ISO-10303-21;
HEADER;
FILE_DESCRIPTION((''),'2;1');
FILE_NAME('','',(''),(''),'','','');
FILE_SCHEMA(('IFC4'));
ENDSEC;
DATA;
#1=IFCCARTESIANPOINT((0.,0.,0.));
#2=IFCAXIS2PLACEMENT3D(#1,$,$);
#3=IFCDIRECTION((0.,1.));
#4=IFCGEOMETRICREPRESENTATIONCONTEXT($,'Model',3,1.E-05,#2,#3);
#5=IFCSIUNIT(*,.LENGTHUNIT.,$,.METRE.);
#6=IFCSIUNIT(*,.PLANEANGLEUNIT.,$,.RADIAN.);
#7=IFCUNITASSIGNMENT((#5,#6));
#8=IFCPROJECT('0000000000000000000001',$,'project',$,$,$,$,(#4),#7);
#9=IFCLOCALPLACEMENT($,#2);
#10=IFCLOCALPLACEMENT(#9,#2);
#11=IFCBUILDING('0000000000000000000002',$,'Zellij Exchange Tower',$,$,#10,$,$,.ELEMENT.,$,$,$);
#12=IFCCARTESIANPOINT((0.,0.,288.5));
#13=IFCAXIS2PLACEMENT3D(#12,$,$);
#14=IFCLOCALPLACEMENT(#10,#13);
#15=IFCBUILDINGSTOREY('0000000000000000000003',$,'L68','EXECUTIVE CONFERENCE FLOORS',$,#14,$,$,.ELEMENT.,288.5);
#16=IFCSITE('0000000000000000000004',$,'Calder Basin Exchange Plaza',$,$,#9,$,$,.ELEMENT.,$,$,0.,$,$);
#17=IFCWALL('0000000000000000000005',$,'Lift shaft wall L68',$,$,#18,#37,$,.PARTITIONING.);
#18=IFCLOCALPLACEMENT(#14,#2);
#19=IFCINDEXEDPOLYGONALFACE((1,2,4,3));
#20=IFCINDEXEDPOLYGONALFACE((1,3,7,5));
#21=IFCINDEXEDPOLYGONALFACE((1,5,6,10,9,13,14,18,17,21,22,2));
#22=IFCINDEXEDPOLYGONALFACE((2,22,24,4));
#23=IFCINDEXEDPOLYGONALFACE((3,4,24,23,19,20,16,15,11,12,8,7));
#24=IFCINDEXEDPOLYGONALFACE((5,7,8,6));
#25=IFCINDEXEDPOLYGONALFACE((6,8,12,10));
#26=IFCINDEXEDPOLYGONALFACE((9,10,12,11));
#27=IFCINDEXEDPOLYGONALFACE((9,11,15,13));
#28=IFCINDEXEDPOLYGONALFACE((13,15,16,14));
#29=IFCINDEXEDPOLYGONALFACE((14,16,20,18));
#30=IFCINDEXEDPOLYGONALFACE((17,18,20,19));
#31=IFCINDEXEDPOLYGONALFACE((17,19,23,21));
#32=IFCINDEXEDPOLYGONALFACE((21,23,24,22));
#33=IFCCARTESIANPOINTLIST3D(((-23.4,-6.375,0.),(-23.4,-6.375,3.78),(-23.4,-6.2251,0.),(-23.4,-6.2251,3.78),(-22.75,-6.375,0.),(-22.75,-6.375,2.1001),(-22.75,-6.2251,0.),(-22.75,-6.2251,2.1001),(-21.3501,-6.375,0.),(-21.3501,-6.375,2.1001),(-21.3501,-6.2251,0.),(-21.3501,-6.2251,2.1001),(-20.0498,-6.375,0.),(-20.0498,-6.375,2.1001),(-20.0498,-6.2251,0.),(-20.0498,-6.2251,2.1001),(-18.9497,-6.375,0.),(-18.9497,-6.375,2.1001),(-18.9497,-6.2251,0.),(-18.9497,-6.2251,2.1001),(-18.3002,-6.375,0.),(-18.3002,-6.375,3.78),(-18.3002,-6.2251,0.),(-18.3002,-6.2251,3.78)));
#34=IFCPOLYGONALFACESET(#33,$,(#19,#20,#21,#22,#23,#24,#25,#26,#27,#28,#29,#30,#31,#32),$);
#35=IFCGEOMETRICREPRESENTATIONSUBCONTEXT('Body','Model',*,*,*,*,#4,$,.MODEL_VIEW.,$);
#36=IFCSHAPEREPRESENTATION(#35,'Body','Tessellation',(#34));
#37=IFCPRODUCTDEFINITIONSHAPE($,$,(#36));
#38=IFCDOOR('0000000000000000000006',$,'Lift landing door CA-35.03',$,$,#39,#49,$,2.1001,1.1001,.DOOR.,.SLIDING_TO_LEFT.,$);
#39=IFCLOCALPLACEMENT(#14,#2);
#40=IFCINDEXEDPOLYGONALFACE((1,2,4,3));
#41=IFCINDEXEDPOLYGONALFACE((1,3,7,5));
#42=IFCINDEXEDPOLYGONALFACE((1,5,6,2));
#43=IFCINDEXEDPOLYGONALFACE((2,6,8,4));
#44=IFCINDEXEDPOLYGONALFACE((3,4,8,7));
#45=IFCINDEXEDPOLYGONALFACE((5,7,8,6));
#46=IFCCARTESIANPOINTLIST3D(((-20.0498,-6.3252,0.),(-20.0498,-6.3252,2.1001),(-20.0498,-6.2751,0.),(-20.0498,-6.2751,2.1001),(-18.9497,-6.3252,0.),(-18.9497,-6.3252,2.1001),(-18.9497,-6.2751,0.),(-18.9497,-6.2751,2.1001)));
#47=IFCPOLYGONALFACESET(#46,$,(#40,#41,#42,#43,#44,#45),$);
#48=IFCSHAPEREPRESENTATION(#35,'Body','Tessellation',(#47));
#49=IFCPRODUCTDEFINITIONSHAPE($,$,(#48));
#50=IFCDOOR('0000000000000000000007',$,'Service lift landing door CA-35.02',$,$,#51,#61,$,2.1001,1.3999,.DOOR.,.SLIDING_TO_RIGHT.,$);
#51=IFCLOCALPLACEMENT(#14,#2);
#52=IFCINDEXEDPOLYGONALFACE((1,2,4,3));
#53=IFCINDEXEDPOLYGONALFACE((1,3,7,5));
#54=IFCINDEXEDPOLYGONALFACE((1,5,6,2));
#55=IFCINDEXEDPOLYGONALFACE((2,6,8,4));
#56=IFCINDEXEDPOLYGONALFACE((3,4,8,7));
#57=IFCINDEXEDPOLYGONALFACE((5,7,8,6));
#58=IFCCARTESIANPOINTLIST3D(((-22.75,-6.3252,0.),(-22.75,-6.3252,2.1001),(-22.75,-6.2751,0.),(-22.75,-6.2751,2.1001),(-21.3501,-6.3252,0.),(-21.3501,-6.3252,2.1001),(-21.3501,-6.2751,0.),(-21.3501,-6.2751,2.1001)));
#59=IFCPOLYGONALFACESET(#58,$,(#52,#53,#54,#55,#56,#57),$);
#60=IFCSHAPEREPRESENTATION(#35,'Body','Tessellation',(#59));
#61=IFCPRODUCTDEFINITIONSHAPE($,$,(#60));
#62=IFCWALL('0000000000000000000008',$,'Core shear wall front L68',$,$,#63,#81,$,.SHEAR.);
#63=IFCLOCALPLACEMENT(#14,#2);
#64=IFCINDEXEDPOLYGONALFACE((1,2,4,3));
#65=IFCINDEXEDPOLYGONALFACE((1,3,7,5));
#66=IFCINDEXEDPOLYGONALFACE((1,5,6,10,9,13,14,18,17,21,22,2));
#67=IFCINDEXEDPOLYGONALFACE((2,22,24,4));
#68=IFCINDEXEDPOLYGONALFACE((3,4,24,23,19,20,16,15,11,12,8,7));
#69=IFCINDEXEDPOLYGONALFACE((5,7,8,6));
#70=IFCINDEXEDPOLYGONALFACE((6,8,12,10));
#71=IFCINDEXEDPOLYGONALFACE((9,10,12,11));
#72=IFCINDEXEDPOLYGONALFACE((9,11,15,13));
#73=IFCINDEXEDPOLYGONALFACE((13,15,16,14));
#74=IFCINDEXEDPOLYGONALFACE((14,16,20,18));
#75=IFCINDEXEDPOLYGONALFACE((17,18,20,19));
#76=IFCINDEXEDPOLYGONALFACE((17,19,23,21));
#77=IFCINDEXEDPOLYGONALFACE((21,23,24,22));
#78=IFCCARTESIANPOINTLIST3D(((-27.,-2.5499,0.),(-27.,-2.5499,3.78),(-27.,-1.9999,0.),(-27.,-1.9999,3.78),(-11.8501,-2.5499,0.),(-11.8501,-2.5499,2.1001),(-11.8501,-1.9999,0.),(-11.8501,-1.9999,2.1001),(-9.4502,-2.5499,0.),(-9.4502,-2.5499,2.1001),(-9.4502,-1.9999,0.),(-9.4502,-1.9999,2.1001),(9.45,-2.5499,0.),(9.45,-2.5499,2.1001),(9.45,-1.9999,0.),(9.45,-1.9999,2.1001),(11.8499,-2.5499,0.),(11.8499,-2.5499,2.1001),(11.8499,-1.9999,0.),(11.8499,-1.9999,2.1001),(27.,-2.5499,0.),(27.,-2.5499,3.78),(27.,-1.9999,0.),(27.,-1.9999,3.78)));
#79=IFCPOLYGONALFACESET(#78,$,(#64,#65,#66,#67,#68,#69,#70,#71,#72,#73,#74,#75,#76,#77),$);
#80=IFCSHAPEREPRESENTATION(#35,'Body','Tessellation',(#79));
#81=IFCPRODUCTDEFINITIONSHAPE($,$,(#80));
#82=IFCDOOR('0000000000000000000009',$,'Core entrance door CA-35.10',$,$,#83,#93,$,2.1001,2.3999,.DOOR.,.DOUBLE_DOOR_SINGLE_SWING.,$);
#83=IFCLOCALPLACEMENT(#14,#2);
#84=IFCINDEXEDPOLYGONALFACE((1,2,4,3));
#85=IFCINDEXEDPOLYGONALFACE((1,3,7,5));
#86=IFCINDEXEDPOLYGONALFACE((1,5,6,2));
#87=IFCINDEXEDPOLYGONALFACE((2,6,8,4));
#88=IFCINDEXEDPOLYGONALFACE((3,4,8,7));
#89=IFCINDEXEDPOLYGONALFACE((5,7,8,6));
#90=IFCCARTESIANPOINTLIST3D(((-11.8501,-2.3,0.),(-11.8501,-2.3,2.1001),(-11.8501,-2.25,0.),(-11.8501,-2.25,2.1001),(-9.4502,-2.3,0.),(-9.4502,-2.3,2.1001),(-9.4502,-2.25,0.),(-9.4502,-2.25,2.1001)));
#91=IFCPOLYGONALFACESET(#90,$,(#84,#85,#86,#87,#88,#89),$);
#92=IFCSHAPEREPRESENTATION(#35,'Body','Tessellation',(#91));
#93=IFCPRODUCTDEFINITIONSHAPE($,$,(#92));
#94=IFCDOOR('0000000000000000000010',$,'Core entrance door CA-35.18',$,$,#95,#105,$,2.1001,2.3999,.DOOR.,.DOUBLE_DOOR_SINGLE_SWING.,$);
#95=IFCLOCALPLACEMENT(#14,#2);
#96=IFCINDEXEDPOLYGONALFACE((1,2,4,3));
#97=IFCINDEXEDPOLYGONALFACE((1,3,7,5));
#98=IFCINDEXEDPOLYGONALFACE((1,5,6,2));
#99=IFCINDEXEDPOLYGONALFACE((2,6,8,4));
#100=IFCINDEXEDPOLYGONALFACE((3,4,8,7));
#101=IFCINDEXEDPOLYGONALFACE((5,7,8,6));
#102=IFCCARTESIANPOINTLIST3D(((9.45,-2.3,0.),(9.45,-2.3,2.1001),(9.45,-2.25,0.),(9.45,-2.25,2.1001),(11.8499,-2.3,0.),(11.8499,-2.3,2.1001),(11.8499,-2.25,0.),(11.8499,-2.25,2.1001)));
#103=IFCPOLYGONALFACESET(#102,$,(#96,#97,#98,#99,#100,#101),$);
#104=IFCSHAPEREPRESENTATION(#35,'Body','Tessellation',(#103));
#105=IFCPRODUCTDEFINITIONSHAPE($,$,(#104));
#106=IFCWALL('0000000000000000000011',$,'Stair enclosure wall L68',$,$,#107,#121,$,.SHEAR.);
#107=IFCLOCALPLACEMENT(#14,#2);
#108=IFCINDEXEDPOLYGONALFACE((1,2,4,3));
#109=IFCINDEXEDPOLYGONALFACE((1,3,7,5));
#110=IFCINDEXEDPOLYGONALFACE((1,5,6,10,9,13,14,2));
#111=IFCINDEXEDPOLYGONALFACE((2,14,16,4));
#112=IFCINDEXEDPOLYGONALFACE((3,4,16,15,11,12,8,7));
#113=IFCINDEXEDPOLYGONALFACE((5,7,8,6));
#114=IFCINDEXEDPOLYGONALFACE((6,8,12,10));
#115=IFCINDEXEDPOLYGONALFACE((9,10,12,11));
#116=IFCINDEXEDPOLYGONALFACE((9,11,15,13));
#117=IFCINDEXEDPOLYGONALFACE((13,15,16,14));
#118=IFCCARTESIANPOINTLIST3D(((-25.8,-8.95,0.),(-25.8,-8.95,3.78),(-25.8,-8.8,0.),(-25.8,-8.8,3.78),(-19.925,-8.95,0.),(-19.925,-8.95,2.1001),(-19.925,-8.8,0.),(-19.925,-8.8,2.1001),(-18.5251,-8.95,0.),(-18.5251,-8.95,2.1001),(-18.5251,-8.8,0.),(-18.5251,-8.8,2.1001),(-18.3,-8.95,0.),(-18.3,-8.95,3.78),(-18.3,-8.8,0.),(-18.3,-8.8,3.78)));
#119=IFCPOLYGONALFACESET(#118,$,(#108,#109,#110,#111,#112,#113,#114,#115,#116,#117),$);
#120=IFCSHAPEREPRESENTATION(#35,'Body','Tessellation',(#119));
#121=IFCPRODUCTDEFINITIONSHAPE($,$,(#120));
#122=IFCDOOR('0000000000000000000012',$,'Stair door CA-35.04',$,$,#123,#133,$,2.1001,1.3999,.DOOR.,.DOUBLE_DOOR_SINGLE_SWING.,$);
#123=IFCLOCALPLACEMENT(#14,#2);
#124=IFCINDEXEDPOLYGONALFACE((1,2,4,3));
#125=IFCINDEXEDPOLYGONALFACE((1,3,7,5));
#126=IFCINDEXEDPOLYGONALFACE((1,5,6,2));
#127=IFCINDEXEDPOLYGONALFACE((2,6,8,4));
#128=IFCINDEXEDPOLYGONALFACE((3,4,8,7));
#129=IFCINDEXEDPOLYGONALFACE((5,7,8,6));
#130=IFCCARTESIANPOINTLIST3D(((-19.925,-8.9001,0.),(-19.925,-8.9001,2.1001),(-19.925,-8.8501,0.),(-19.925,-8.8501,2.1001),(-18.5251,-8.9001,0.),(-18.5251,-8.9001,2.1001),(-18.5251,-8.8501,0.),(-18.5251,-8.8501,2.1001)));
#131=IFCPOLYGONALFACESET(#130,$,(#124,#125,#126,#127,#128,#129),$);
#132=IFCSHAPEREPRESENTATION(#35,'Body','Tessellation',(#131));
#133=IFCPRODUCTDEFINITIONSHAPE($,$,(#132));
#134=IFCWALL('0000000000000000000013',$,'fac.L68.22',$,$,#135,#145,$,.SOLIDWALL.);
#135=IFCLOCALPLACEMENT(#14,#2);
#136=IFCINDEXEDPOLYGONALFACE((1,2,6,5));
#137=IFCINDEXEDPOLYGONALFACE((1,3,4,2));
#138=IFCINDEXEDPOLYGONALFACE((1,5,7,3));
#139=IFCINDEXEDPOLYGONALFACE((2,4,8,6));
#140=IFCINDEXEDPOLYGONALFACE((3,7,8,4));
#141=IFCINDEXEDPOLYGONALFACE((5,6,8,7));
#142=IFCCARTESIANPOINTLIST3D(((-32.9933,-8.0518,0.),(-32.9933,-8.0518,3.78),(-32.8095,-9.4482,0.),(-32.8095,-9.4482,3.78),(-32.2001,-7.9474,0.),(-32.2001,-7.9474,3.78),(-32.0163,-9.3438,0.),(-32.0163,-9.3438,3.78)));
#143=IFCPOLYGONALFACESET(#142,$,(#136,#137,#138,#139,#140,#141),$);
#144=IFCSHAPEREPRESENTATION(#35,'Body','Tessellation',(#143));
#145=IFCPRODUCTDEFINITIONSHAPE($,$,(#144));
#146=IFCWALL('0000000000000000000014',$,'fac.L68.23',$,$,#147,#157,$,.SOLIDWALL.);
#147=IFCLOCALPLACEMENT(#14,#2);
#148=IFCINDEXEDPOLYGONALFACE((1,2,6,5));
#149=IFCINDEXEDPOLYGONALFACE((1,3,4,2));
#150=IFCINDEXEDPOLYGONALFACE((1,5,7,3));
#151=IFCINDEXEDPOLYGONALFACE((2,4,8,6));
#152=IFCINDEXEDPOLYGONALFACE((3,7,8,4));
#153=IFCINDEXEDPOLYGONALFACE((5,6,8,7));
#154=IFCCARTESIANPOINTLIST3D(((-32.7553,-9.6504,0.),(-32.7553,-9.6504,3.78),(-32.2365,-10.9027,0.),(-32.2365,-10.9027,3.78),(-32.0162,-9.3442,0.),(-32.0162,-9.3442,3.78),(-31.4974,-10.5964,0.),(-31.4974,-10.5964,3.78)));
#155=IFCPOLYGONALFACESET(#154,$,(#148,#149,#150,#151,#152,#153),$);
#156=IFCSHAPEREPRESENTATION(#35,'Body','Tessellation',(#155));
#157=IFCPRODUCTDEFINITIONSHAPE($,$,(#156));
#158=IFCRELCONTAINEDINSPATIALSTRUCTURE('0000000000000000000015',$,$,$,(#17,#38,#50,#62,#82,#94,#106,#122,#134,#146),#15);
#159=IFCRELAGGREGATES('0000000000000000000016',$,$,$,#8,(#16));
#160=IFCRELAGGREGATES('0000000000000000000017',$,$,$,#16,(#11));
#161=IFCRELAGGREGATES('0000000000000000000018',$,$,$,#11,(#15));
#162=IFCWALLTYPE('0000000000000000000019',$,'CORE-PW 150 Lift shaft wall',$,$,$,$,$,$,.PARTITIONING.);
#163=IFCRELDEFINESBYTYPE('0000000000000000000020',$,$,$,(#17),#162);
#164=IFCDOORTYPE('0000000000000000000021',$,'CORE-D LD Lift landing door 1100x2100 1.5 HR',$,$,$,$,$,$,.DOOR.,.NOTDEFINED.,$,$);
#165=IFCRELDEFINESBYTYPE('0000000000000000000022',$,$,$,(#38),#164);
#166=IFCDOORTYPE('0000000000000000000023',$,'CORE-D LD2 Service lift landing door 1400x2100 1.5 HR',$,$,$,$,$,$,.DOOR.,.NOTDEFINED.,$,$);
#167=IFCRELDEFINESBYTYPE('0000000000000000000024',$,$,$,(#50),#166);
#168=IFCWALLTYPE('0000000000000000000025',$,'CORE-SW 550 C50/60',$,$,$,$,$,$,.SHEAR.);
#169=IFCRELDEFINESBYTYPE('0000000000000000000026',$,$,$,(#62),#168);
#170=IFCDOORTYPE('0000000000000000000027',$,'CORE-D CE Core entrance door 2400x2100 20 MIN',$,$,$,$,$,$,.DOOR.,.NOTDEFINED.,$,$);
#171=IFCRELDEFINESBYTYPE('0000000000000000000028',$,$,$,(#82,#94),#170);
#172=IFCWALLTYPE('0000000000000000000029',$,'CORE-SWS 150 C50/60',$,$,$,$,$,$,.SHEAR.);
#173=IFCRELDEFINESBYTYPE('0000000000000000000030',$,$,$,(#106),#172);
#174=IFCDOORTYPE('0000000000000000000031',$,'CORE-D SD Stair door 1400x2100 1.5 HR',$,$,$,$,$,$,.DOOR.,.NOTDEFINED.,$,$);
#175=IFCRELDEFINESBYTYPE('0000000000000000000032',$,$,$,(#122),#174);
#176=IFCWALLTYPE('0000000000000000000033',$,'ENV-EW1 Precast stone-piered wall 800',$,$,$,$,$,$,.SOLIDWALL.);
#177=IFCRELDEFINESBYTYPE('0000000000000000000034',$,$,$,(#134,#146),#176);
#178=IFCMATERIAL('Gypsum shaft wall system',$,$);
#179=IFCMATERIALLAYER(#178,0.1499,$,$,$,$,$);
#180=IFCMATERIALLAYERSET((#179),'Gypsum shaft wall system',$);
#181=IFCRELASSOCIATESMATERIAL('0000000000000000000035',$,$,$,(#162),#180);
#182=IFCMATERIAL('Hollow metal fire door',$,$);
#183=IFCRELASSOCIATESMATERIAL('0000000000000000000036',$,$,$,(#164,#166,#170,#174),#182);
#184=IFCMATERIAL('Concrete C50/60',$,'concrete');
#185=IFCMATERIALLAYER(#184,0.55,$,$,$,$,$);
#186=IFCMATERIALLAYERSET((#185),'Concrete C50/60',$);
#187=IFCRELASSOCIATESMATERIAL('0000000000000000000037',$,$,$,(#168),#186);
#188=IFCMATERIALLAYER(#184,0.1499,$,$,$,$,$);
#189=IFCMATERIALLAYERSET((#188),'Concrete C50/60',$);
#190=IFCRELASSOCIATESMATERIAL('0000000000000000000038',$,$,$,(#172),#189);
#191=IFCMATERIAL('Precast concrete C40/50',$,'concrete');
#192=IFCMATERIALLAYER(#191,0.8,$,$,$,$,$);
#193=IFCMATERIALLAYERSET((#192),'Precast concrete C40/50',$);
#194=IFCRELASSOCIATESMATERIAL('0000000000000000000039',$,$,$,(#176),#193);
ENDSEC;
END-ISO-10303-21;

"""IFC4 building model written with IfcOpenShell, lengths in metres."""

from ifc_helpers import new_model, si_unit, direction, frame, frame_2d, origin, place, context, subcontext, project, spatial, rectangle, extrude, material, layer, layer_set, type_object, element, fill, save


model = new_model("IFC4")

# Units and contexts
model_context = context("Model", 3, precision=1e-05, world=origin(), true_north=direction((0.0, 1.0)))
body_context = subcontext(model_context, "Body", "Model", "MODEL_VIEW")
ifc_project = project(units=[si_unit("LENGTHUNIT", "METRE"), si_unit("PLANEANGLEUNIT", "RADIAN")], contexts=[model_context])

# Site, building, storey
site_placement = place(None, origin())
site = spatial("IfcSite", under=ifc_project, at=site_placement, Name="Calder Basin Exchange Plaza", CompositionType="ELEMENT", RefElevation=0.0)
building_placement = place(site_placement, origin())
building = spatial("IfcBuilding", under=site, at=building_placement, Name="Zellij Exchange Tower", CompositionType="ELEMENT")
storey_placement = place(building_placement, frame((0.0, 0.0, 288.5)))
storey = spatial("IfcBuildingStorey", under=building, at=storey_placement, Name="L68", Description="EXECUTIVE CONFERENCE FLOORS", CompositionType="ELEMENT", Elevation=288.5)

# Shared definitions
ifc_material_1 = material(Name="Concrete C50/60", Category="concrete")

# Shared definitions
ifc_material_2 = material(Name="Gypsum shaft wall system")
ifc_layer_1 = layer(ifc_material_2, 0.1499)
ifc_layer_set_1 = layer_set([ifc_layer_1], Name="Gypsum shaft wall system")
wall_type_1 = type_object("IfcWallType", Name="CORE-PW 150 Lift shaft wall", PredefinedType="PARTITIONING", material=ifc_layer_set_1)

# Walls, openings, doors
wall_1_placement = place(storey_placement, frame((-23.3999, -6.3, 0.0), z_axis=(0.0, 0.0, 1.0), x_axis=(1.0, 0.0, 0.0)))
wall_1 = element("IfcWall", 1, at=wall_1_placement, inside=storey, type_object=wall_type_1, Name="Lift shaft wall L68", PredefinedType="PARTITIONING", context=body_context, shape_type="SweptSolid", body=[
    extrude(rectangle(XDim=5.0999, YDim=0.1499, at=frame_2d((2.5498, 0.0))), origin(), (0.0, 0.0, 1.0), 3.78),
])
opening_1_placement = place(wall_1_placement, frame((0.6499, 0.0, 0.0)))
opening_1 = element("IfcOpeningElement", 2, at=opening_1_placement, cuts=wall_1, PredefinedType="OPENING", context=body_context, shape_type="SweptSolid", body=[
    extrude(rectangle(XDim=1.3999, YDim=2.1001, at=frame_2d((0.7, 1.05))), frame((0.0, 0.0869, 0.0), z_axis=(0.0, -1.0, 0.0), x_axis=(1.0, 0.0, 0.0)), (0.0, 0.0, 1.0), 0.1738),
])
opening_2_placement = place(wall_1_placement, frame((3.3501, 0.0, 0.0)))
opening_2 = element("IfcOpeningElement", 3, at=opening_2_placement, cuts=wall_1, PredefinedType="OPENING", context=body_context, shape_type="SweptSolid", body=[
    extrude(rectangle(XDim=1.1001, YDim=2.1001, at=frame_2d((0.55, 1.05))), frame((0.0, 0.0869, 0.0), z_axis=(0.0, -1.0, 0.0), x_axis=(1.0, 0.0, 0.0)), (0.0, 0.0, 1.0), 0.1738),
])
ifc_material_3 = material(Name="Hollow metal fire door")
door_type_1 = type_object("IfcDoorType", Name="CORE-D LD Lift landing door 1100x2100 1.5 HR", OperationType="NOTDEFINED", PredefinedType="DOOR", material=ifc_material_3)
door_1_placement = place(opening_2_placement, origin())
door_1 = element("IfcDoor", 4, at=door_1_placement, inside=storey, type_object=door_type_1, Name="Lift landing door CA-35.03", OperationType="SLIDING_TO_LEFT", OverallHeight=2.1001, OverallWidth=1.1001, PredefinedType="DOOR", context=body_context, shape_type="SweptSolid", body=[
    extrude(rectangle(XDim=1.1001, YDim=2.1001, at=frame_2d((0.55, 1.05))), frame((0.0, 0.0249, 0.0), z_axis=(0.0, -1.0, 0.0), x_axis=(1.0, 0.0, 0.0)), (0.0, 0.0, 1.0), 0.05),
])
fill(opening_2, door_1)
door_type_2 = type_object("IfcDoorType", Name="CORE-D LD2 Service lift landing door 1400x2100 1.5 HR", OperationType="NOTDEFINED", PredefinedType="DOOR", material=ifc_material_3)
door_2_placement = place(opening_1_placement, origin())
door_2 = element("IfcDoor", 5, at=door_2_placement, inside=storey, type_object=door_type_2, Name="Service lift landing door CA-35.02", OperationType="SLIDING_TO_RIGHT", OverallHeight=2.1001, OverallWidth=1.3999, PredefinedType="DOOR", context=body_context, shape_type="SweptSolid", body=[
    extrude(rectangle(XDim=1.3999, YDim=2.1001, at=frame_2d((0.7, 1.05))), frame((0.0, 0.0249, 0.0), z_axis=(0.0, -1.0, 0.0), x_axis=(1.0, 0.0, 0.0)), (0.0, 0.0, 1.0), 0.05),
])
fill(opening_1, door_2)
ifc_layer_2 = layer(ifc_material_1, 0.55)
ifc_layer_set_2 = layer_set([ifc_layer_2], Name="Concrete C50/60")
wall_type_2 = type_object("IfcWallType", Name="CORE-SW 550 C50/60", PredefinedType="SHEAR", material=ifc_layer_set_2)
wall_2_placement = place(storey_placement, frame((-27.0, -2.2749, 0.0), z_axis=(0.0, 0.0, 1.0), x_axis=(1.0, 0.0, 0.0)))
wall_2 = element("IfcWall", 6, at=wall_2_placement, inside=storey, type_object=wall_type_2, Name="Core shear wall front L68", PredefinedType="SHEAR", context=body_context, shape_type="SweptSolid", body=[
    extrude(rectangle(XDim=54.0, YDim=0.55, at=frame_2d((27.0, 0.0))), origin(), (0.0, 0.0, 1.0), 3.78),
])
opening_3_placement = place(wall_2_placement, frame((15.1499, 0.0, 0.0)))
opening_3 = element("IfcOpeningElement", 7, at=opening_3_placement, cuts=wall_2, PredefinedType="OPENING", context=body_context, shape_type="SweptSolid", body=[
    extrude(rectangle(XDim=2.3999, YDim=2.1001, at=frame_2d((1.2, 1.05))), frame((0.0, 0.2871, 0.0), z_axis=(0.0, -1.0, 0.0), x_axis=(1.0, 0.0, 0.0)), (0.0, 0.0, 1.0), 0.574),
])
opening_4_placement = place(wall_2_placement, frame((36.45, 0.0, 0.0)))
opening_4 = element("IfcOpeningElement", 8, at=opening_4_placement, cuts=wall_2, PredefinedType="OPENING", context=body_context, shape_type="SweptSolid", body=[
    extrude(rectangle(XDim=2.3999, YDim=2.1001, at=frame_2d((1.2, 1.05))), frame((0.0, 0.2871, 0.0), z_axis=(0.0, -1.0, 0.0), x_axis=(1.0, 0.0, 0.0)), (0.0, 0.0, 1.0), 0.574),
])
door_type_3 = type_object("IfcDoorType", Name="CORE-D CE Core entrance door 2400x2100 20 MIN", OperationType="NOTDEFINED", PredefinedType="DOOR", material=ifc_material_3)
door_3_placement = place(opening_3_placement, origin())
door_3 = element("IfcDoor", 9, at=door_3_placement, inside=storey, type_object=door_type_3, Name="Core entrance door CA-35.10", OperationType="DOUBLE_DOOR_SINGLE_SWING", OverallHeight=2.1001, OverallWidth=2.3999, PredefinedType="DOOR", context=body_context, shape_type="SweptSolid", body=[
    extrude(rectangle(XDim=2.3999, YDim=2.1001, at=frame_2d((1.2, 1.05))), frame((0.0, 0.0249, 0.0), z_axis=(0.0, -1.0, 0.0), x_axis=(1.0, 0.0, 0.0)), (0.0, 0.0, 1.0), 0.05),
])
fill(opening_3, door_3)
door_4_placement = place(opening_4_placement, origin())
door_4 = element("IfcDoor", 10, at=door_4_placement, inside=storey, type_object=door_type_3, Name="Core entrance door CA-35.18", OperationType="DOUBLE_DOOR_SINGLE_SWING", OverallHeight=2.1001, OverallWidth=2.3999, PredefinedType="DOOR", context=body_context, shape_type="SweptSolid", body=[
    extrude(rectangle(XDim=2.3999, YDim=2.1001, at=frame_2d((1.2, 1.05))), frame((0.0, 0.0249, 0.0), z_axis=(0.0, -1.0, 0.0), x_axis=(1.0, 0.0, 0.0)), (0.0, 0.0, 1.0), 0.05),
])
fill(opening_4, door_4)

# Wall, opening, door
ifc_layer_3 = layer(ifc_material_1, 0.1499)
ifc_layer_set_3 = layer_set([ifc_layer_3], Name="Concrete C50/60")
wall_type_3 = type_object("IfcWallType", Name="CORE-SWS 150 C50/60", PredefinedType="SHEAR", material=ifc_layer_set_3)
wall_3_placement = place(storey_placement, frame((-25.8, -8.875, 0.0), z_axis=(0.0, 0.0, 1.0), x_axis=(1.0, 0.0, 0.0)))
wall_3 = element("IfcWall", 11, at=wall_3_placement, inside=storey, type_object=wall_type_3, Name="Stair enclosure wall L68", PredefinedType="SHEAR", context=body_context, shape_type="SweptSolid", body=[
    extrude(rectangle(XDim=7.5, YDim=0.1499, at=frame_2d((3.75, 0.0))), origin(), (0.0, 0.0, 1.0), 3.78),
])
opening_5_placement = place(wall_3_placement, frame((5.875, 0.0, 0.0)))
opening_5 = element("IfcOpeningElement", 12, at=opening_5_placement, cuts=wall_3, PredefinedType="OPENING", context=body_context, shape_type="SweptSolid", body=[
    extrude(rectangle(XDim=1.3999, YDim=2.1001, at=frame_2d((0.7, 1.05))), frame((0.0, 0.0869, 0.0), z_axis=(0.0, -1.0, 0.0), x_axis=(1.0, 0.0, 0.0)), (0.0, 0.0, 1.0), 0.1738),
])
door_type_4 = type_object("IfcDoorType", Name="CORE-D SD Stair door 1400x2100 1.5 HR", OperationType="NOTDEFINED", PredefinedType="DOOR", material=ifc_material_3)
door_5_placement = place(opening_5_placement, origin())
door_5 = element("IfcDoor", 13, at=door_5_placement, inside=storey, type_object=door_type_4, Name="Stair door CA-35.04", OperationType="DOUBLE_DOOR_SINGLE_SWING", OverallHeight=2.1001, OverallWidth=1.3999, PredefinedType="DOOR", context=body_context, shape_type="SweptSolid", body=[
    extrude(rectangle(XDim=1.3999, YDim=2.1001, at=frame_2d((0.7, 1.05))), frame((0.0, 0.0249, 0.0), z_axis=(0.0, -1.0, 0.0), x_axis=(1.0, 0.0, 0.0)), (0.0, 0.0, 1.0), 0.05),
])
fill(opening_5, door_5)

# Walls
ifc_material_4 = material(Name="Precast concrete C40/50", Category="concrete")
ifc_layer_4 = layer(ifc_material_4, 0.8)
ifc_layer_set_4 = layer_set([ifc_layer_4], Name="Precast concrete C40/50")
wall_type_4 = type_object("IfcWallType", Name="ENV-EW1 Precast stone-piered wall 800", PredefinedType="SOLIDWALL", material=ifc_layer_set_4)
wall_4_placement = place(storey_placement, frame((-32.5967, -7.9998, 0.0), z_axis=(0.0, 0.0, 1.0), x_axis=(0.130517, -0.991446, 0.0)))
element("IfcWall", 14, at=wall_4_placement, inside=storey, type_object=wall_type_4, Name="fac.L68.22", PredefinedType="SOLIDWALL", context=body_context, shape_type="SweptSolid", body=[
    extrude(rectangle(XDim=1.4084, YDim=0.8, at=frame_2d((0.7041, 0.0))), origin(), (0.0, 0.0, 1.0), 3.78),
])
wall_5_placement = place(storey_placement, frame((-32.3857, -9.4973, 0.0), z_axis=(0.0, 0.0, 1.0), x_axis=(0.38276, -0.923848, 0.0)))
element("IfcWall", 15, at=wall_5_placement, inside=storey, type_object=wall_type_4, Name="fac.L68.23", PredefinedType="SOLIDWALL", context=body_context, shape_type="SweptSolid", body=[
    extrude(rectangle(XDim=1.3555, YDim=0.8, at=frame_2d((0.6777, 0.0))), origin(), (0.0, 0.0, 1.0), 3.78),
])

save(model, "model.ifc")
